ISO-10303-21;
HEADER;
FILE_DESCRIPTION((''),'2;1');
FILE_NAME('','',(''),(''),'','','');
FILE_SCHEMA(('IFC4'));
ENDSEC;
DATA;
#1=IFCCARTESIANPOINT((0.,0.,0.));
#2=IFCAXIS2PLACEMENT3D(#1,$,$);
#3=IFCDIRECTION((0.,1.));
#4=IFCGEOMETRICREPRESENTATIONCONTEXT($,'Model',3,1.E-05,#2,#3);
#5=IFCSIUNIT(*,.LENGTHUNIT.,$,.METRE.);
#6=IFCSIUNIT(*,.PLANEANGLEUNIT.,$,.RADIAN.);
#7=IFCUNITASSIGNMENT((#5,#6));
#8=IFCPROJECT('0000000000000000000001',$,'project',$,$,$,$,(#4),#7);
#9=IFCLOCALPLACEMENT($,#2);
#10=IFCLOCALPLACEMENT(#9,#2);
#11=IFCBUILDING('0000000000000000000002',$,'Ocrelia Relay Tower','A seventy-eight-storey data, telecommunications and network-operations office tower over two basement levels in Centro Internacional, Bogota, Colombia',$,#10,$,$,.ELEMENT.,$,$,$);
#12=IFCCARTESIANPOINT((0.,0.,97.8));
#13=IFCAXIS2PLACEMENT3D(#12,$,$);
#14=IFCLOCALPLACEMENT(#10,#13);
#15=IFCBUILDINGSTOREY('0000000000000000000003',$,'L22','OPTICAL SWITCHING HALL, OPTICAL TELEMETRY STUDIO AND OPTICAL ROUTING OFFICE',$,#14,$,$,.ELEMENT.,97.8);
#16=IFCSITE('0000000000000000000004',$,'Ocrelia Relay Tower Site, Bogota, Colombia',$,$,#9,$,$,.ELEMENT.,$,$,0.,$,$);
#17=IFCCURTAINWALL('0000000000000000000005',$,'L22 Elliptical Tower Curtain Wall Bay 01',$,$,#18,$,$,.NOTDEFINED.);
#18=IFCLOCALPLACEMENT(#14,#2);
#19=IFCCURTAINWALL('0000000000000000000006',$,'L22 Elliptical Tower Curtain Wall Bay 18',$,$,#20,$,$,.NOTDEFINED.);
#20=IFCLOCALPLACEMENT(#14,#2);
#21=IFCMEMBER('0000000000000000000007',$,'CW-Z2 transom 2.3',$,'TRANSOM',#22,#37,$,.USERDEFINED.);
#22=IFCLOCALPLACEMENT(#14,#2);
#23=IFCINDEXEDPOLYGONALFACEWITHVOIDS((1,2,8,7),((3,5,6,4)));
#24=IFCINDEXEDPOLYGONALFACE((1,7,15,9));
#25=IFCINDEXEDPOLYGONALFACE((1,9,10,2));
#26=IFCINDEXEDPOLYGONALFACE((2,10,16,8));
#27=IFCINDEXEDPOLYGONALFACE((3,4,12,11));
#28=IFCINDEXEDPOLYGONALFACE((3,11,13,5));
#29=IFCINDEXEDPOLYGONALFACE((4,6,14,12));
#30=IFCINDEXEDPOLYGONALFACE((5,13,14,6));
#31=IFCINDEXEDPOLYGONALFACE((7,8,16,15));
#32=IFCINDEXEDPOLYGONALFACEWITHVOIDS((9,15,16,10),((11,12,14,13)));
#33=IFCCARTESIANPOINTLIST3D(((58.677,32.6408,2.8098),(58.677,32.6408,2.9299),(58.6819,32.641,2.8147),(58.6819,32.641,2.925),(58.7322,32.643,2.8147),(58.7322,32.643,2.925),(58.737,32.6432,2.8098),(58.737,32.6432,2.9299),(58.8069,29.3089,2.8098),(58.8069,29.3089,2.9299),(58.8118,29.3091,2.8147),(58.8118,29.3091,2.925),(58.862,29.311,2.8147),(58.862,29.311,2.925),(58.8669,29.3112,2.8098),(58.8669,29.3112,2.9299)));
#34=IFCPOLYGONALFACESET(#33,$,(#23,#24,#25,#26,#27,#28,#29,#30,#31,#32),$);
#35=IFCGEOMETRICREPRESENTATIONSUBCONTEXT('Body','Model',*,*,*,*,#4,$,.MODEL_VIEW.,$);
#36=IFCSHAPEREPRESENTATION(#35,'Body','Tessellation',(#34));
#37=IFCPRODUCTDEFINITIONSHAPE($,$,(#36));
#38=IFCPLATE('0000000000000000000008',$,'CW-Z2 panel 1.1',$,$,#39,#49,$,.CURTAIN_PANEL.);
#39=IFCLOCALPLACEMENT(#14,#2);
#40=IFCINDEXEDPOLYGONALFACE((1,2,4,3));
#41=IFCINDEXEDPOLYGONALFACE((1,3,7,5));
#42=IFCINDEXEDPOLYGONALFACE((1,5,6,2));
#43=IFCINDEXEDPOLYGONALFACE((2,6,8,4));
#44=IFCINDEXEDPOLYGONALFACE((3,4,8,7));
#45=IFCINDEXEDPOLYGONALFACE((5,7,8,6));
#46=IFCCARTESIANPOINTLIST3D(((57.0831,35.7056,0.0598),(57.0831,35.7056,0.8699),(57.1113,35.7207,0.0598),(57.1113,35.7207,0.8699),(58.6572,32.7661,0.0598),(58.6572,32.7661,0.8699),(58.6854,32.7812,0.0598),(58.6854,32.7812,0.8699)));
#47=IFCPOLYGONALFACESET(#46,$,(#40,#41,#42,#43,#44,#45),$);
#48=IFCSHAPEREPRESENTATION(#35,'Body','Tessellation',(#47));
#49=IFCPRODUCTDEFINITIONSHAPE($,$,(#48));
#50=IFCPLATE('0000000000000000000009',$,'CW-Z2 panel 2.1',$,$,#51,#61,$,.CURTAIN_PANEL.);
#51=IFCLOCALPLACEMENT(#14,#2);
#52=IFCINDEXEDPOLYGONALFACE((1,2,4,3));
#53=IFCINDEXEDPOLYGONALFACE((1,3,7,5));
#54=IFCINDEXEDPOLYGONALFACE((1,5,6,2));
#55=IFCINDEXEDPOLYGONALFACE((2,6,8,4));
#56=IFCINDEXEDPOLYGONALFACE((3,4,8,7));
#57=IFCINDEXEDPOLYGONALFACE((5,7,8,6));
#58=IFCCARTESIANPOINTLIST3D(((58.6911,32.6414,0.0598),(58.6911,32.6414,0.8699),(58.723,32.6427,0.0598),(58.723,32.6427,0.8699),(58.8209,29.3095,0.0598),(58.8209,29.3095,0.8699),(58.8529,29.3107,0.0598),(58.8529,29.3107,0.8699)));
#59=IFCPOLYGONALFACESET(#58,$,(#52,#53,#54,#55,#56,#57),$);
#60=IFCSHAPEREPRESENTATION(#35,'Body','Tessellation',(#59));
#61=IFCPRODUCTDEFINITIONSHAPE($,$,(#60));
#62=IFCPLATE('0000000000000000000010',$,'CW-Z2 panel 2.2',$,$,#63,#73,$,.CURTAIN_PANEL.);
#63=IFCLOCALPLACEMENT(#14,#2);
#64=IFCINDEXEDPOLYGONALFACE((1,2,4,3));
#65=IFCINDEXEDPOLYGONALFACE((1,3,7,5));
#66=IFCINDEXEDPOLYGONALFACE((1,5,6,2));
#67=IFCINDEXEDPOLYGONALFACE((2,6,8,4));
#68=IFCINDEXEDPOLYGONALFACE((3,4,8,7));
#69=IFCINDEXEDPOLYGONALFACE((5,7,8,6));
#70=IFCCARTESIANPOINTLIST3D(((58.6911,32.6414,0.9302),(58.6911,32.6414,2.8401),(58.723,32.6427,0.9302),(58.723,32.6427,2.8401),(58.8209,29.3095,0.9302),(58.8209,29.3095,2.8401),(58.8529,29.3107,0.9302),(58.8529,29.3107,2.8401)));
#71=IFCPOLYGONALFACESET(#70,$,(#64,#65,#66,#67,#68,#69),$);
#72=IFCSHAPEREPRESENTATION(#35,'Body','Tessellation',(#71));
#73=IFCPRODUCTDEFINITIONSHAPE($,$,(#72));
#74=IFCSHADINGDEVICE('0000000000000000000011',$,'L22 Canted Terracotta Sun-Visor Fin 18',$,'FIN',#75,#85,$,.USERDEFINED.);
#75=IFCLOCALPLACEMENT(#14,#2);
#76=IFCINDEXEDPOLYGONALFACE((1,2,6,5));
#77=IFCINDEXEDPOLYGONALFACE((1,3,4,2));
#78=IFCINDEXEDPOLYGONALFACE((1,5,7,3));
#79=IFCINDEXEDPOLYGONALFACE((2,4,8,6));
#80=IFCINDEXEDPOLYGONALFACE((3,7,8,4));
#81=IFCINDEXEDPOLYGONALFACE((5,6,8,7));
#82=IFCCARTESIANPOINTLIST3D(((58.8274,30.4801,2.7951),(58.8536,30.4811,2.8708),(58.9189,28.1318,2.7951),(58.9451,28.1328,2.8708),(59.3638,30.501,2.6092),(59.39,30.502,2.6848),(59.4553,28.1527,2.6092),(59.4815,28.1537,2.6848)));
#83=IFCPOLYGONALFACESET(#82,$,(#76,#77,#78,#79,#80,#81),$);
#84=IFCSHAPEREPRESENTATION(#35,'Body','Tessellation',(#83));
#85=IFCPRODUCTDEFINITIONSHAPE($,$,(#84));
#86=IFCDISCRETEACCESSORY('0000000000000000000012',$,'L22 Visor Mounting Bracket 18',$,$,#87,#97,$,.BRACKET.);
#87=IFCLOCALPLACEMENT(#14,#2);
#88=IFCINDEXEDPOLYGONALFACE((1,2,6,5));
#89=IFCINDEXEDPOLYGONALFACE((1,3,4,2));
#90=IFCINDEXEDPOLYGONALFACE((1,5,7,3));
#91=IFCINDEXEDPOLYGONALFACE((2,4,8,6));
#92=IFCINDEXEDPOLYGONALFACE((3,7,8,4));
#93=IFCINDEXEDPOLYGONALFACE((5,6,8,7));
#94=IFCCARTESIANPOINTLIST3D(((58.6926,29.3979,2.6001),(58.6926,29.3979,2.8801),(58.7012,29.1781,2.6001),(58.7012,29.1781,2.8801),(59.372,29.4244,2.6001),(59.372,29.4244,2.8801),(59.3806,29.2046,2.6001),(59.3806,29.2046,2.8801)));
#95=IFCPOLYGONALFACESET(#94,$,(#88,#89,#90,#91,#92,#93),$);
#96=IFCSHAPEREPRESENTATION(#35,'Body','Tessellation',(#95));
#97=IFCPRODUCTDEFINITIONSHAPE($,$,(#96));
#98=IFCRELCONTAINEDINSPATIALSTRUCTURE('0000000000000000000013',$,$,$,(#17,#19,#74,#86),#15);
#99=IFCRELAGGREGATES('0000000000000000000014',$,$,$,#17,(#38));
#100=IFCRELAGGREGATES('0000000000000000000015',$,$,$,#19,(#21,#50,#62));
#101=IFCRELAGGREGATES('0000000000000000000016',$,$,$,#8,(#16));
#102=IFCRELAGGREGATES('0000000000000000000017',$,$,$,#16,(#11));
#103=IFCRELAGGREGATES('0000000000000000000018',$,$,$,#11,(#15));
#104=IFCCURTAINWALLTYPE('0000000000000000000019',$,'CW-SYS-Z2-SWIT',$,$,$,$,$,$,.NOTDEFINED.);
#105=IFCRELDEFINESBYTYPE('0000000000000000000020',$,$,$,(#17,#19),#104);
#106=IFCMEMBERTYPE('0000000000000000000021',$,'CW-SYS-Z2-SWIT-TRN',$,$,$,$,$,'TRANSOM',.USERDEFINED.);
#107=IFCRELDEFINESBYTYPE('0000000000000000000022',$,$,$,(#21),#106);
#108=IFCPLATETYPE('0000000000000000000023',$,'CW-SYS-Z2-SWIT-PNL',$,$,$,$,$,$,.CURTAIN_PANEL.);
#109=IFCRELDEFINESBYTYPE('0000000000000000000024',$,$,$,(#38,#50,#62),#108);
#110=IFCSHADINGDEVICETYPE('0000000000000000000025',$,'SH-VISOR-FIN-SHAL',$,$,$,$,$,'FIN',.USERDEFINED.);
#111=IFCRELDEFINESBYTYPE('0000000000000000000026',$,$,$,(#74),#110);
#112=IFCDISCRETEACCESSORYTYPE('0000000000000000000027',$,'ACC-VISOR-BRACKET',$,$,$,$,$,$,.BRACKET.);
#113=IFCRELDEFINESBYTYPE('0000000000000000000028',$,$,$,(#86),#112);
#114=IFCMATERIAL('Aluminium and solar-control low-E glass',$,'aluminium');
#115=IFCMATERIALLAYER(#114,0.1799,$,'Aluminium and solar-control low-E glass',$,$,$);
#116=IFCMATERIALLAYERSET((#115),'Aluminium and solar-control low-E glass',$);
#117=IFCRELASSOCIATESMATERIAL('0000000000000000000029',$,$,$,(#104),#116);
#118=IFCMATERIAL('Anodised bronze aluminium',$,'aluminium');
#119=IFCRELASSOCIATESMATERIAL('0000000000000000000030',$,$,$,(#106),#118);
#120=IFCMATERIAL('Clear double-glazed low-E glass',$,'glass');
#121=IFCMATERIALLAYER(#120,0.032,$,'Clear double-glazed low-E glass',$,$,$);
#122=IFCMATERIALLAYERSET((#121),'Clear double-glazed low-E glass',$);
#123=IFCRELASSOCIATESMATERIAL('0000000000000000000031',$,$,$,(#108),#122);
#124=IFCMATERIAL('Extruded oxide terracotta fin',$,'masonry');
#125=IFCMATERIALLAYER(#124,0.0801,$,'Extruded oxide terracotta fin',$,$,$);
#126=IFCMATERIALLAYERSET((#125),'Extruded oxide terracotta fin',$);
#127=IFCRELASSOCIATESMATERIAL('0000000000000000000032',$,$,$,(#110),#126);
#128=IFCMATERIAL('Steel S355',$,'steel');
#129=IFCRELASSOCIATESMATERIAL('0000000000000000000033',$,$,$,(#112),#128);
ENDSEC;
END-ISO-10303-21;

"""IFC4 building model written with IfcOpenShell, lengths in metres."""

from ifc_helpers import new_model, si_unit, direction, frame, origin, origin_2d, place, context, subcontext, project, spatial, rectangle, hollow_rectangle, extrude, material, layer, layer_set, material_profile, profile_set, type_object, element, aggregate, save


model = new_model("IFC4")

# Units and contexts
model_context = context("Model", 3, precision=1e-05, world=origin(), true_north=direction((0.0, 1.0)))
body_context = subcontext(model_context, "Body", "Model", "MODEL_VIEW")
ifc_project = project(units=[si_unit("LENGTHUNIT", "METRE"), si_unit("PLANEANGLEUNIT", "RADIAN")], contexts=[model_context])

# Site, building, storey
site_placement = place(None, origin())
site = spatial("IfcSite", under=ifc_project, at=site_placement, Name="Ocrelia Relay Tower Site, Bogota, Colombia", CompositionType="ELEMENT", RefElevation=0.0)
building_placement = place(site_placement, origin())
building = spatial("IfcBuilding", under=site, at=building_placement, Name="Ocrelia Relay Tower", Description="A seventy-eight-storey data, telecommunications and network-operations office tower over two basement levels in Centro Internacional, Bogota, Colombia", CompositionType="ELEMENT")
storey_placement = place(building_placement, frame((0.0, 0.0, 97.8)))
storey = spatial("IfcBuildingStorey", under=building, at=storey_placement, Name="L22", Description="OPTICAL SWITCHING HALL, OPTICAL TELEMETRY STUDIO AND OPTICAL ROUTING OFFICE", CompositionType="ELEMENT", Elevation=97.8)

# Shared definitions
ifc_material_1 = material(Name="Steel S355", Category="steel")

# Curtain wall
ifc_material_2 = material(Name="Aluminium and solar-control low-E glass", Category="aluminium")
ifc_layer_1 = layer(ifc_material_2, 0.1799, Name="Aluminium and solar-control low-E glass")
ifc_layer_set_1 = layer_set([ifc_layer_1], Name="Aluminium and solar-control low-E glass")
curtain_wall_type = type_object("IfcCurtainWallType", Name="CW-SYS-Z2-SWIT", PredefinedType="NOTDEFINED", material=ifc_layer_set_1)
curtain_wall_1_placement = place(storey_placement, origin())
curtain_wall_1 = element("IfcCurtainWall", 1, at=curtain_wall_1_placement, inside=storey, type_object=curtain_wall_type, Name="L22 Elliptical Tower Curtain Wall Bay 01", PredefinedType="NOTDEFINED")
ifc_material_3 = material(Name="Anodised bronze aluminium", Category="aluminium")

# Curtain wall
curtain_wall_2_placement = place(storey_placement, origin())
curtain_wall_2 = element("IfcCurtainWall", 2, at=curtain_wall_2_placement, inside=storey, type_object=curtain_wall_type, Name="L22 Elliptical Tower Curtain Wall Bay 18", PredefinedType="NOTDEFINED")

# Member
ifc_material_profile_1 = material_profile(ifc_material_3, hollow_rectangle(XDim=0.0601, YDim=0.1201, WallThickness=0.0049, at=origin_2d()), Name="CW-TRN-120x60")
ifc_profile_set_1 = profile_set([ifc_material_profile_1], Name="Anodised bronze aluminium")
member_type_1 = type_object("IfcMemberType", Name="CW-SYS-Z2-SWIT-TRN", ElementType="TRANSOM", PredefinedType="USERDEFINED", material=ifc_profile_set_1)
member_1_placement = place(storey_placement, frame((58.8369, 29.3101, 2.8699), z_axis=(-0.03895, 0.999241, 0.0), x_axis=(-0.999241, -0.03895, 0.0)))
member_1 = element("IfcMember", 3, at=member_1_placement, type_object=member_type_1, Name="CW-Z2 transom 2.3", ObjectType="TRANSOM", PredefinedType="USERDEFINED", context=body_context, shape_type="SweptSolid", body=[
    extrude(hollow_rectangle(XDim=0.0601, YDim=0.1201, WallThickness=0.0049, at=origin_2d()), origin(), (0.0, 0.0, 1.0), 3.3345),
])

# Plates
ifc_material_4 = material(Name="Clear double-glazed low-E glass", Category="glass")
ifc_layer_2 = layer(ifc_material_4, 0.032, Name="Clear double-glazed low-E glass")
ifc_layer_set_2 = layer_set([ifc_layer_2], Name="Clear double-glazed low-E glass")
plate_type = type_object("IfcPlateType", Name="CW-SYS-Z2-SWIT-PNL", PredefinedType="CURTAIN_PANEL", material=ifc_layer_set_2)
plate_1_placement = place(storey_placement, frame((57.8843, 34.2434, 0.0598), z_axis=(0.0, 0.0, 1.0), x_axis=(-0.472071, 0.881561, 0.0)))
plate_1 = element("IfcPlate", 4, at=plate_1_placement, type_object=plate_type, Name="CW-Z2 panel 1.1", PredefinedType="CURTAIN_PANEL", context=body_context, shape_type="SweptSolid", body=[
    extrude(rectangle(XDim=3.3345, YDim=0.032, at=origin_2d()), origin(), (0.0, 0.0, 1.0), 0.8101),
])
aggregate(curtain_wall_1, [plate_1])
plate_2_placement = place(storey_placement, frame((58.772, 30.9761, 0.0598), z_axis=(0.0, 0.0, 1.0), x_axis=(-0.03893, 0.999242, 0.0)))
plate_2 = element("IfcPlate", 5, at=plate_2_placement, type_object=plate_type, Name="CW-Z2 panel 2.1", PredefinedType="CURTAIN_PANEL", context=body_context, shape_type="SweptSolid", body=[
    extrude(rectangle(XDim=3.3345, YDim=0.032, at=origin_2d()), origin(), (0.0, 0.0, 1.0), 0.8101),
])
plate_3_placement = place(storey_placement, frame((58.772, 30.9761, 0.9302), z_axis=(0.0, 0.0, 1.0), x_axis=(-0.03893, 0.999242, 0.0)))
plate_3 = element("IfcPlate", 6, at=plate_3_placement, type_object=plate_type, Name="CW-Z2 panel 2.2", PredefinedType="CURTAIN_PANEL", context=body_context, shape_type="SweptSolid", body=[
    extrude(rectangle(XDim=3.3345, YDim=0.032, at=origin_2d()), origin(), (0.0, 0.0, 1.0), 1.9099),
])
aggregate(curtain_wall_2, [member_1, plate_2, plate_3])

# Shading device
ifc_material_5 = material(Name="Extruded oxide terracotta fin", Category="masonry")
ifc_layer_3 = layer(ifc_material_5, 0.0801, Name="Extruded oxide terracotta fin")
ifc_layer_set_3 = layer_set([ifc_layer_3], Name="Extruded oxide terracotta fin")
shading_device_type = type_object("IfcShadingDeviceType", Name="SH-VISOR-FIN-SHAL", ElementType="FIN", PredefinedType="USERDEFINED", material=ifc_layer_set_3)
shading_device_placement = place(storey_placement, frame((59.1414, 29.3164, 2.7021), z_axis=(0.327135, 0.012745, 0.944892), x_axis=(-0.03893, 0.999242, 0.0)))
element("IfcShadingDevice", 7, at=shading_device_placement, inside=storey, type_object=shading_device_type, Name="L22 Canted Terracotta Sun-Visor Fin 18", ObjectType="FIN", PredefinedType="USERDEFINED", context=body_context, shape_type="SweptSolid", body=[
    extrude(rectangle(XDim=2.3501, YDim=0.5681, at=origin_2d()), origin(), (0.0, 0.0, 1.0), 0.0801),
])

# Discrete accessory
discrete_accessory_type = type_object("IfcDiscreteAccessoryType", Name="ACC-VISOR-BRACKET", PredefinedType="BRACKET", material=ifc_material_1)
discrete_accessory_placement = place(storey_placement, frame((59.0366, 29.3013, 2.6001), z_axis=(0.0, 0.0, 1.0), x_axis=(-0.03893, 0.999242, 0.0)))
element("IfcDiscreteAccessory", 8, at=discrete_accessory_placement, inside=storey, type_object=discrete_accessory_type, Name="L22 Visor Mounting Bracket 18", PredefinedType="BRACKET", context=body_context, shape_type="SweptSolid", body=[
    extrude(rectangle(XDim=0.22, YDim=0.6799, at=origin_2d()), origin(), (0.0, 0.0, 1.0), 0.28),
])

save(model, "model.ifc")
